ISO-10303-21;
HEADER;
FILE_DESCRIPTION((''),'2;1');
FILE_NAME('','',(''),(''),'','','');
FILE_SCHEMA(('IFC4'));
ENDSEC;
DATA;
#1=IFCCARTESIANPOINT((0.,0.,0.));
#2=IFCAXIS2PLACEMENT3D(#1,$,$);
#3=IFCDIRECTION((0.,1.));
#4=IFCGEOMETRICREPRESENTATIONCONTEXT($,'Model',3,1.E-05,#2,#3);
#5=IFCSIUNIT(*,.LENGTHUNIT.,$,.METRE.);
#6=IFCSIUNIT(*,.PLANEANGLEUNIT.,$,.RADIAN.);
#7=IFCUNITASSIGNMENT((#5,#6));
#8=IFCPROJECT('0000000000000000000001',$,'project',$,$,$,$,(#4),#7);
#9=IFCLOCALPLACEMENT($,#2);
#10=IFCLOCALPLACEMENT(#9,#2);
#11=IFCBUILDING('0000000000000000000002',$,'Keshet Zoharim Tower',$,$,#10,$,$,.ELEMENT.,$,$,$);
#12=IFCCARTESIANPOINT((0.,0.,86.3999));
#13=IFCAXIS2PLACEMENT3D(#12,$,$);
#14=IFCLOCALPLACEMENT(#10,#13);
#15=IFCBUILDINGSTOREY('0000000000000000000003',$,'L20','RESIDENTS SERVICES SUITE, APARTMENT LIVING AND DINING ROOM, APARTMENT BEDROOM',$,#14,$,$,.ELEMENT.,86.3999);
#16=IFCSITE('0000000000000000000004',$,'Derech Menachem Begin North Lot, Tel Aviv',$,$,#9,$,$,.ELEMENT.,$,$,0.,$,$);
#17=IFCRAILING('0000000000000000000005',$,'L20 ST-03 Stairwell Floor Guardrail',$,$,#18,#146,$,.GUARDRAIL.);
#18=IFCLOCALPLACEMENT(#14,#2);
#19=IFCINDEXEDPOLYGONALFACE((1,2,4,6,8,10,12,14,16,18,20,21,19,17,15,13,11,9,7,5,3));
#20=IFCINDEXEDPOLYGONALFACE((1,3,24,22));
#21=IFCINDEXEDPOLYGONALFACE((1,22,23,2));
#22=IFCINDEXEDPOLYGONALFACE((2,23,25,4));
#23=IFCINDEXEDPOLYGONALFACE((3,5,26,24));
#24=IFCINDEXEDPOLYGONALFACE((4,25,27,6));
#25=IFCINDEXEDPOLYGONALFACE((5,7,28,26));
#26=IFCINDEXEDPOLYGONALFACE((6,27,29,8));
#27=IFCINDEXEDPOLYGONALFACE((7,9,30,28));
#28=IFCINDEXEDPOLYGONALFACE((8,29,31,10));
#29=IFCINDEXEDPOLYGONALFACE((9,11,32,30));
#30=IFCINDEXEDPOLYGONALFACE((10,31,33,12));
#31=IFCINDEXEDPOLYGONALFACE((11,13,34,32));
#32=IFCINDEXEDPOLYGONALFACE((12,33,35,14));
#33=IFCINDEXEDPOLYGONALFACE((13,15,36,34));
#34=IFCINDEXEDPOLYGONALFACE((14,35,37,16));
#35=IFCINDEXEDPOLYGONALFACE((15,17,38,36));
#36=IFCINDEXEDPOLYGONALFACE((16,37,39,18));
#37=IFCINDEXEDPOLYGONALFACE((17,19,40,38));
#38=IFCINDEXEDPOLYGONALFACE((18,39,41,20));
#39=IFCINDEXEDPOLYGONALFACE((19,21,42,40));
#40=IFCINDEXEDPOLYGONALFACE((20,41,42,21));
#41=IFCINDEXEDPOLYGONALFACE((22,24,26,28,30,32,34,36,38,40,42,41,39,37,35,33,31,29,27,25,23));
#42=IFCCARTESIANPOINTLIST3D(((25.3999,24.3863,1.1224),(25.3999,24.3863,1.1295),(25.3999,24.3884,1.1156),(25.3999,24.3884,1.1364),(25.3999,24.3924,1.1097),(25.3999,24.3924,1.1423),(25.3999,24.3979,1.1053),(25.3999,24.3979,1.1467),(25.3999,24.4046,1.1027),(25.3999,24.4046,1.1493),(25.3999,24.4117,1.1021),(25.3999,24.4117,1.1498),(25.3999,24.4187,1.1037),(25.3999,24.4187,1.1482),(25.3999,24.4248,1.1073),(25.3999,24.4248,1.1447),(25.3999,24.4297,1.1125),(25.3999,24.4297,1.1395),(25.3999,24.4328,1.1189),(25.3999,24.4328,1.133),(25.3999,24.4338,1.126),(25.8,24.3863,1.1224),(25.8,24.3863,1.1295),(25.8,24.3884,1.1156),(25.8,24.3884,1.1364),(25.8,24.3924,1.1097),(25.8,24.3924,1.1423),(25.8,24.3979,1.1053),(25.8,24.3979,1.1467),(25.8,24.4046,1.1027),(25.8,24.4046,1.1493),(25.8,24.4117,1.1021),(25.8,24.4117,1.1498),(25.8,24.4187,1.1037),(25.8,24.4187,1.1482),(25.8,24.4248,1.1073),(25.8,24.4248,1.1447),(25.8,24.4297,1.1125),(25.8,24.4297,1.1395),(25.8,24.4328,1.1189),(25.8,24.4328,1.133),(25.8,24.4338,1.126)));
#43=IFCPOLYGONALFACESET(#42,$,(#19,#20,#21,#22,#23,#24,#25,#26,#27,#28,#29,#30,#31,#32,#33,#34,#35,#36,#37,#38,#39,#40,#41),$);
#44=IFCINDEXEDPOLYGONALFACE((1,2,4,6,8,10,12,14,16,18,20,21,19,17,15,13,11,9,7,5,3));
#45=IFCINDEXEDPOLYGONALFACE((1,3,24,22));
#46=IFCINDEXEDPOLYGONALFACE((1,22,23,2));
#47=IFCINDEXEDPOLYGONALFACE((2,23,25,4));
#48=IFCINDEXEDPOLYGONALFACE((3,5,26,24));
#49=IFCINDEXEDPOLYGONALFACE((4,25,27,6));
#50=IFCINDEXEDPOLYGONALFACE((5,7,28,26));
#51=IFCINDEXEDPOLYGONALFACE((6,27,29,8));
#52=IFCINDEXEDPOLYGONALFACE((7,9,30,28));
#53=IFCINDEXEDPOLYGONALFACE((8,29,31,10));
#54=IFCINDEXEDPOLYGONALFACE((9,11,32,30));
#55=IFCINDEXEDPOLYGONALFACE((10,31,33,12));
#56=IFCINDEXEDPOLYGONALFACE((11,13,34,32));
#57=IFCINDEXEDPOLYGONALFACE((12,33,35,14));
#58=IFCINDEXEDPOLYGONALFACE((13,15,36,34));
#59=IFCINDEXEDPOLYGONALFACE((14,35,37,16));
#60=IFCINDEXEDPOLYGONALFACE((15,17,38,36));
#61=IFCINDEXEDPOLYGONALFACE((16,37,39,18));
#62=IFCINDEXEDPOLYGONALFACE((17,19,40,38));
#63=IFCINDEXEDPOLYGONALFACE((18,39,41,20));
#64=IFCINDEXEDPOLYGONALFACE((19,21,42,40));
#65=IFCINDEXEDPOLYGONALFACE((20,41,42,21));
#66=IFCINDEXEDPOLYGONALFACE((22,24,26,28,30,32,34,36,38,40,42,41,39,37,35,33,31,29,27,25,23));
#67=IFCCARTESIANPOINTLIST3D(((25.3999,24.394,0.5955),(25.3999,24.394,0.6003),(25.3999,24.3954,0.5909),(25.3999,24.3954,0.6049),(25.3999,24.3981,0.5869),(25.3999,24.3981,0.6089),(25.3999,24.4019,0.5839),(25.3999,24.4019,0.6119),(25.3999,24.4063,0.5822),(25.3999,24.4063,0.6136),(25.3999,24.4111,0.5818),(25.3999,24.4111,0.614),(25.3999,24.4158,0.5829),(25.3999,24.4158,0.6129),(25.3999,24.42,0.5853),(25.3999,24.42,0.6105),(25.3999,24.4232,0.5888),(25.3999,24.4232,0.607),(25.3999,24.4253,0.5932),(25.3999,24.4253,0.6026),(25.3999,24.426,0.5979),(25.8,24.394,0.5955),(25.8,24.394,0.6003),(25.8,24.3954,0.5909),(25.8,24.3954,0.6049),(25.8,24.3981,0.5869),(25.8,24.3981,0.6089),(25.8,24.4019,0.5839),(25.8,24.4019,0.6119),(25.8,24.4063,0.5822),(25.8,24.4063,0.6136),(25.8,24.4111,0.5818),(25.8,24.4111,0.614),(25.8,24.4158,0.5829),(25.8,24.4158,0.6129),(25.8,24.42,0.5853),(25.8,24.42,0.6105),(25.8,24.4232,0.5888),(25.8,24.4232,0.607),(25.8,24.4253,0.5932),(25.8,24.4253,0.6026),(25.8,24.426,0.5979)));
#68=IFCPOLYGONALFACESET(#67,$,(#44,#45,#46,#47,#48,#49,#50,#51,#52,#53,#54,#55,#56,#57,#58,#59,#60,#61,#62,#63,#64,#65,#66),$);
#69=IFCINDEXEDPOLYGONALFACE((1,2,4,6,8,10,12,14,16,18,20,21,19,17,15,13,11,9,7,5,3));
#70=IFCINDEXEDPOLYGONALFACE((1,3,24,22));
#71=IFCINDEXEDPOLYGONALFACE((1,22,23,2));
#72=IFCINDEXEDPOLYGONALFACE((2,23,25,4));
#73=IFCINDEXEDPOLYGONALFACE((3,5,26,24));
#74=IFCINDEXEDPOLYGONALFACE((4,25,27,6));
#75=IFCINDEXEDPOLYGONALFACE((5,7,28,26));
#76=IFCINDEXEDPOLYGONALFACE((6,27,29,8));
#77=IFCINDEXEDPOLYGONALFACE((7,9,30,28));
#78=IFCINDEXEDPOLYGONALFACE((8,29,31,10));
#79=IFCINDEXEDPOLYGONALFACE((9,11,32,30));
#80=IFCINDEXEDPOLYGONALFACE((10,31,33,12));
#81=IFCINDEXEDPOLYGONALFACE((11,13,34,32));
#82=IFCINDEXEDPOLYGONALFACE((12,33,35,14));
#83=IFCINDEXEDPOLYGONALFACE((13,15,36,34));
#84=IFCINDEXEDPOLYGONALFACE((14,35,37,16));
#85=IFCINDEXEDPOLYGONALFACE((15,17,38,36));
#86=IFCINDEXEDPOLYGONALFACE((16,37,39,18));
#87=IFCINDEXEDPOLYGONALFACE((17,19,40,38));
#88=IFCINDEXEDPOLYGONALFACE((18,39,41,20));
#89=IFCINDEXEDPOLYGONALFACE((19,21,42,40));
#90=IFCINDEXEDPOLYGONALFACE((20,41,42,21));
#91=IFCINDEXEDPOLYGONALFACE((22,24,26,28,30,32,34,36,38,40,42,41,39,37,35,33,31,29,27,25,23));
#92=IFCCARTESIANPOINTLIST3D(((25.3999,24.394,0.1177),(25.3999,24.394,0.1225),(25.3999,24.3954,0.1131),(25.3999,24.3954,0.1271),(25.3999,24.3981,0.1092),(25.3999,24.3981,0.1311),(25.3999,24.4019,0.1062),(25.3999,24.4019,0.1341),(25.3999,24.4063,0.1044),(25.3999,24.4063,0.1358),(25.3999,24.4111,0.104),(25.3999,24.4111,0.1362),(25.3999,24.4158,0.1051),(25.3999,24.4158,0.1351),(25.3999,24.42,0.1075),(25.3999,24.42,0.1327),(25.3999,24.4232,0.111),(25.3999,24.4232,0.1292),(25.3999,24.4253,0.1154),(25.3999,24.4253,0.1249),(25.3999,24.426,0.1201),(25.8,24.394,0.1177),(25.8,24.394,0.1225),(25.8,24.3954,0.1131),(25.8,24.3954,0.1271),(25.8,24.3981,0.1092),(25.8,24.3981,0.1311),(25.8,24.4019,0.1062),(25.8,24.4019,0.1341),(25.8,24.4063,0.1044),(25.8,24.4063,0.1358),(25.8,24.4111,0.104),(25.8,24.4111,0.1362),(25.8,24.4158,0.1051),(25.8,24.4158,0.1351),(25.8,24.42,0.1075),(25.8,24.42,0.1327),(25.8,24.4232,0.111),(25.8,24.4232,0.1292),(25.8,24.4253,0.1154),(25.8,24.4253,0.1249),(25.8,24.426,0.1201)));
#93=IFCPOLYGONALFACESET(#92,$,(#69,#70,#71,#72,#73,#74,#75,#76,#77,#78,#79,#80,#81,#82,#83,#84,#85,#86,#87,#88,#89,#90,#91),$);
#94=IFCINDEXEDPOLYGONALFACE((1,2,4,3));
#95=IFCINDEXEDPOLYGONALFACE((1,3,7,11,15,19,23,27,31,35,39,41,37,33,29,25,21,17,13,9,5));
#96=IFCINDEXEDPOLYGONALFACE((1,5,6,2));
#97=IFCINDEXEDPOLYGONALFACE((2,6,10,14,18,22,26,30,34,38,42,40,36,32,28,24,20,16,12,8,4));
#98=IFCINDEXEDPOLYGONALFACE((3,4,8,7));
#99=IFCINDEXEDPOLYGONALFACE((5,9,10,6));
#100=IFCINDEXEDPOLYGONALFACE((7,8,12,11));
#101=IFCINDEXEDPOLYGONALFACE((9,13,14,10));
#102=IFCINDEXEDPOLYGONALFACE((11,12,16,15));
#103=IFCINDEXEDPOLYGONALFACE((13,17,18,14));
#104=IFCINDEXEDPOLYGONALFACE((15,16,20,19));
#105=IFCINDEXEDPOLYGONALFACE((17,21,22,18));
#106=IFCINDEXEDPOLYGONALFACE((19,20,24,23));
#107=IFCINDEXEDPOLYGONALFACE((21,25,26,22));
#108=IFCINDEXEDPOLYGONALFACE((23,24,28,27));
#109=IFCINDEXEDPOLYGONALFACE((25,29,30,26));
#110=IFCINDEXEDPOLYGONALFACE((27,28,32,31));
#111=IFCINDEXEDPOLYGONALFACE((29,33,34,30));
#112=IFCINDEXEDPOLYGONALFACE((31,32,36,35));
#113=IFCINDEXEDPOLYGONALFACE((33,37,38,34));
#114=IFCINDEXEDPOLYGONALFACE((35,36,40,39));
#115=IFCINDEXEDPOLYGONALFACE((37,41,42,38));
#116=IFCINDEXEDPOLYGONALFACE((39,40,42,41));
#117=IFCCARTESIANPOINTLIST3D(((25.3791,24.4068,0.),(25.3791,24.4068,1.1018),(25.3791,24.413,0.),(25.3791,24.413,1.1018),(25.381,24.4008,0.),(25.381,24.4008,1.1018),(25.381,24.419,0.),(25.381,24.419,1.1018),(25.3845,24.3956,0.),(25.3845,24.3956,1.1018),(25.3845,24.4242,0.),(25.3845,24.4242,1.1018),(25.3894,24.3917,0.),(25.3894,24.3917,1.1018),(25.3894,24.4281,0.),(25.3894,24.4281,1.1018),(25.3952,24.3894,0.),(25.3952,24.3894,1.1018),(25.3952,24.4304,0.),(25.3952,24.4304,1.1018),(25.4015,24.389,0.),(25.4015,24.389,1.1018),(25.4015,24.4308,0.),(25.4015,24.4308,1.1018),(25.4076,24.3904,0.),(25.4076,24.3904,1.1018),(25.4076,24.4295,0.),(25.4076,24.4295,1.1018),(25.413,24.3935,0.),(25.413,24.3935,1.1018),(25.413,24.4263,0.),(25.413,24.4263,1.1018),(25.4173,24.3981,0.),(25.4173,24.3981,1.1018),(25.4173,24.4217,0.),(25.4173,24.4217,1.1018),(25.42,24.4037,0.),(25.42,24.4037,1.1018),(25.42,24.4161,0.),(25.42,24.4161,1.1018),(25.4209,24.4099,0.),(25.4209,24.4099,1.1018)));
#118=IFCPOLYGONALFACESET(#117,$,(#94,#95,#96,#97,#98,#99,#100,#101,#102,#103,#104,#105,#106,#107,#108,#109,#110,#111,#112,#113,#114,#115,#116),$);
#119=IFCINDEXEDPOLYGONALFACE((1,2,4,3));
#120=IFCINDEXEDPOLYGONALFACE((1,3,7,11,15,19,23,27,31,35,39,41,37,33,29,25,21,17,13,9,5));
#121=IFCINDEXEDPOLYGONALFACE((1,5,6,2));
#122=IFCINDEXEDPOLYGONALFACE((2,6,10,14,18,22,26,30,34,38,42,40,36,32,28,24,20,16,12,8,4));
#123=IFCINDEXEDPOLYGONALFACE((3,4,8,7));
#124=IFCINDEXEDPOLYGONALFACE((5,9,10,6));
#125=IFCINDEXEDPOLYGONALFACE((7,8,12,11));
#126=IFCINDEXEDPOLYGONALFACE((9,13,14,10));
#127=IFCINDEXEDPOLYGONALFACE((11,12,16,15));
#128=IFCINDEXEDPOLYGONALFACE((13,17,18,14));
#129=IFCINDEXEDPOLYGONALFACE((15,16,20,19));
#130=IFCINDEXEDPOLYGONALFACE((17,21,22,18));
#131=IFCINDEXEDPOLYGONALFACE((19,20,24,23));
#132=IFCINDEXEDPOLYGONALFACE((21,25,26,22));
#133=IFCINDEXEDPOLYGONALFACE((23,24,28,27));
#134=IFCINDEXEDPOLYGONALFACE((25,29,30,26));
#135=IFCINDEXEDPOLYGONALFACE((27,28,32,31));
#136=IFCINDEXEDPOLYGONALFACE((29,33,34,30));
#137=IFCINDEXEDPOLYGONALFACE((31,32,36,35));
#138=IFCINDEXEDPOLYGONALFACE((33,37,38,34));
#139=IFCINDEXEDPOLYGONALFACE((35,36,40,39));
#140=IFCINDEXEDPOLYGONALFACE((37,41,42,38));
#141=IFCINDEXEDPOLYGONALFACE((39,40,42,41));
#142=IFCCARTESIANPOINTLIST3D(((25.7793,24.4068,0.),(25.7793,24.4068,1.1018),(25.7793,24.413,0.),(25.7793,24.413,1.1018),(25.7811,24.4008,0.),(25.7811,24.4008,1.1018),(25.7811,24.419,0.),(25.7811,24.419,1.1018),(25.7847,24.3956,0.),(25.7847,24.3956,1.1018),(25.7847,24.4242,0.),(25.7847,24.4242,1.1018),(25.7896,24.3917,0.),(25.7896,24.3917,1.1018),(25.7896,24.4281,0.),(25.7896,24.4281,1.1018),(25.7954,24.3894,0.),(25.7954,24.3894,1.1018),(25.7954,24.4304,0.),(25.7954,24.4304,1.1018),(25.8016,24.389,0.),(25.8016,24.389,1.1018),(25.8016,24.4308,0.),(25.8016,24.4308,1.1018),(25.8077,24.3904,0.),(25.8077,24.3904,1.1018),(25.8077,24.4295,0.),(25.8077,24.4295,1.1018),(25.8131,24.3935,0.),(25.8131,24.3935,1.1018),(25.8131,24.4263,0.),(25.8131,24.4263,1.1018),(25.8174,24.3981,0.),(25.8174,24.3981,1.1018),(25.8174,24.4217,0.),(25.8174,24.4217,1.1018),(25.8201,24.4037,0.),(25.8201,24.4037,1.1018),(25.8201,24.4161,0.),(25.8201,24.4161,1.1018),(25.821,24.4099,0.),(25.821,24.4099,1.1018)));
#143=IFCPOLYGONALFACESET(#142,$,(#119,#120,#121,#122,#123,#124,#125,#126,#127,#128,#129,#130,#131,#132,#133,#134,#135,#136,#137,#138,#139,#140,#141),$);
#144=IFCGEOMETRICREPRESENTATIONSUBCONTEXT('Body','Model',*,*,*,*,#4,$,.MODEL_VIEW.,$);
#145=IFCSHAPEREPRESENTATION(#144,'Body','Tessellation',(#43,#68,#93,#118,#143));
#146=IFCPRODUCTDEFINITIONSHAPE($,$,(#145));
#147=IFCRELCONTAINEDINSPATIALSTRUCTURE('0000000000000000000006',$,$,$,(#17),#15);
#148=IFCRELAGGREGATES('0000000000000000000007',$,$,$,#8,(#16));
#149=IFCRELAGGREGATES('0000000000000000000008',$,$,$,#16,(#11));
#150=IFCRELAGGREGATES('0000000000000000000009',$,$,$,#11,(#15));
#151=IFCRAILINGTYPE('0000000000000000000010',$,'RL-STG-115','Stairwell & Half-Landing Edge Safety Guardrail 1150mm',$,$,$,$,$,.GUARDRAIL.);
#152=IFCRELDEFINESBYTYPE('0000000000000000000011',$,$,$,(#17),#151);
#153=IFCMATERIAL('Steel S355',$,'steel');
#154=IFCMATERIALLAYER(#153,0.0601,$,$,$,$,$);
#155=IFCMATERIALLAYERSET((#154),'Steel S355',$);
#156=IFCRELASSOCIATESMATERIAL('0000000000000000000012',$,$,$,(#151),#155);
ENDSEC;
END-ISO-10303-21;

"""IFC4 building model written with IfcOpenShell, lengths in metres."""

from ifc_helpers import new_model, si_unit, direction, frame, origin, origin_2d, place, context, subcontext, project, spatial, circle, extrude, material, layer, layer_set, type_object, element, save


model = new_model("IFC4")

# Units and contexts
model_context = context("Model", 3, precision=1e-05, world=origin(), true_north=direction((0.0, 1.0)))
body_context = subcontext(model_context, "Body", "Model", "MODEL_VIEW")
ifc_project = project(units=[si_unit("LENGTHUNIT", "METRE"), si_unit("PLANEANGLEUNIT", "RADIAN")], contexts=[model_context])

# Site, building, storey
site_placement = place(None, origin())
site = spatial("IfcSite", under=ifc_project, at=site_placement, Name="Derech Menachem Begin North Lot, Tel Aviv", CompositionType="ELEMENT", RefElevation=0.0)
building_placement = place(site_placement, origin())
building = spatial("IfcBuilding", under=site, at=building_placement, Name="Keshet Zoharim Tower", CompositionType="ELEMENT")
storey_placement = place(building_placement, frame((0.0, 0.0, 86.3999)))
storey = spatial("IfcBuildingStorey", under=building, at=storey_placement, Name="L20", Description="RESIDENTS SERVICES SUITE, APARTMENT LIVING AND DINING ROOM, APARTMENT BEDROOM", CompositionType="ELEMENT", Elevation=86.3999)

# Railing
ifc_material_1 = material(Name="Steel S355", Category="steel")
ifc_layer_1 = layer(ifc_material_1, 0.0601)
ifc_layer_set_1 = layer_set([ifc_layer_1], Name="Steel S355")
railing_type = type_object("IfcRailingType", Name="RL-STG-115", Description="Stairwell & Half-Landing Edge Safety Guardrail 1150mm", PredefinedType="GUARDRAIL", material=ifc_layer_set_1)
railing_placement = place(storey_placement, frame((25.3999, 24.4099, 0.0)))
element("IfcRailing", 1, at=railing_placement, inside=storey, type_object=railing_type, Name="L20 ST-03 Stairwell Floor Guardrail", PredefinedType="GUARDRAIL", context=body_context, shape_type="SweptSolid", body=[
    extrude(circle(Radius=0.0239, at=origin_2d()), frame((0.0, 0.0, 1.126), z_axis=(1.0, 0.0, 0.0), x_axis=(0.0, 1.0, 0.0)), (0.0, 0.0, 1.0), 0.4001),
    extrude(circle(Radius=0.0161, at=origin_2d()), frame((0.0, 0.0, 0.5979), z_axis=(1.0, 0.0, 0.0), x_axis=(0.0, 1.0, 0.0)), (0.0, 0.0, 1.0), 0.4001),
    extrude(circle(Radius=0.0161, at=origin_2d()), frame((0.0, 0.0, 0.1201), z_axis=(1.0, 0.0, 0.0), x_axis=(0.0, 1.0, 0.0)), (0.0, 0.0, 1.0), 0.4001),
    extrude(circle(Radius=0.021, at=origin_2d()), origin(), (0.0, 0.0, 1.0), 1.1018),
    extrude(circle(Radius=0.021, at=origin_2d()), frame((0.4001, 0.0, 0.0)), (0.0, 0.0, 1.0), 1.1018),
])

save(model, "model.ifc")
